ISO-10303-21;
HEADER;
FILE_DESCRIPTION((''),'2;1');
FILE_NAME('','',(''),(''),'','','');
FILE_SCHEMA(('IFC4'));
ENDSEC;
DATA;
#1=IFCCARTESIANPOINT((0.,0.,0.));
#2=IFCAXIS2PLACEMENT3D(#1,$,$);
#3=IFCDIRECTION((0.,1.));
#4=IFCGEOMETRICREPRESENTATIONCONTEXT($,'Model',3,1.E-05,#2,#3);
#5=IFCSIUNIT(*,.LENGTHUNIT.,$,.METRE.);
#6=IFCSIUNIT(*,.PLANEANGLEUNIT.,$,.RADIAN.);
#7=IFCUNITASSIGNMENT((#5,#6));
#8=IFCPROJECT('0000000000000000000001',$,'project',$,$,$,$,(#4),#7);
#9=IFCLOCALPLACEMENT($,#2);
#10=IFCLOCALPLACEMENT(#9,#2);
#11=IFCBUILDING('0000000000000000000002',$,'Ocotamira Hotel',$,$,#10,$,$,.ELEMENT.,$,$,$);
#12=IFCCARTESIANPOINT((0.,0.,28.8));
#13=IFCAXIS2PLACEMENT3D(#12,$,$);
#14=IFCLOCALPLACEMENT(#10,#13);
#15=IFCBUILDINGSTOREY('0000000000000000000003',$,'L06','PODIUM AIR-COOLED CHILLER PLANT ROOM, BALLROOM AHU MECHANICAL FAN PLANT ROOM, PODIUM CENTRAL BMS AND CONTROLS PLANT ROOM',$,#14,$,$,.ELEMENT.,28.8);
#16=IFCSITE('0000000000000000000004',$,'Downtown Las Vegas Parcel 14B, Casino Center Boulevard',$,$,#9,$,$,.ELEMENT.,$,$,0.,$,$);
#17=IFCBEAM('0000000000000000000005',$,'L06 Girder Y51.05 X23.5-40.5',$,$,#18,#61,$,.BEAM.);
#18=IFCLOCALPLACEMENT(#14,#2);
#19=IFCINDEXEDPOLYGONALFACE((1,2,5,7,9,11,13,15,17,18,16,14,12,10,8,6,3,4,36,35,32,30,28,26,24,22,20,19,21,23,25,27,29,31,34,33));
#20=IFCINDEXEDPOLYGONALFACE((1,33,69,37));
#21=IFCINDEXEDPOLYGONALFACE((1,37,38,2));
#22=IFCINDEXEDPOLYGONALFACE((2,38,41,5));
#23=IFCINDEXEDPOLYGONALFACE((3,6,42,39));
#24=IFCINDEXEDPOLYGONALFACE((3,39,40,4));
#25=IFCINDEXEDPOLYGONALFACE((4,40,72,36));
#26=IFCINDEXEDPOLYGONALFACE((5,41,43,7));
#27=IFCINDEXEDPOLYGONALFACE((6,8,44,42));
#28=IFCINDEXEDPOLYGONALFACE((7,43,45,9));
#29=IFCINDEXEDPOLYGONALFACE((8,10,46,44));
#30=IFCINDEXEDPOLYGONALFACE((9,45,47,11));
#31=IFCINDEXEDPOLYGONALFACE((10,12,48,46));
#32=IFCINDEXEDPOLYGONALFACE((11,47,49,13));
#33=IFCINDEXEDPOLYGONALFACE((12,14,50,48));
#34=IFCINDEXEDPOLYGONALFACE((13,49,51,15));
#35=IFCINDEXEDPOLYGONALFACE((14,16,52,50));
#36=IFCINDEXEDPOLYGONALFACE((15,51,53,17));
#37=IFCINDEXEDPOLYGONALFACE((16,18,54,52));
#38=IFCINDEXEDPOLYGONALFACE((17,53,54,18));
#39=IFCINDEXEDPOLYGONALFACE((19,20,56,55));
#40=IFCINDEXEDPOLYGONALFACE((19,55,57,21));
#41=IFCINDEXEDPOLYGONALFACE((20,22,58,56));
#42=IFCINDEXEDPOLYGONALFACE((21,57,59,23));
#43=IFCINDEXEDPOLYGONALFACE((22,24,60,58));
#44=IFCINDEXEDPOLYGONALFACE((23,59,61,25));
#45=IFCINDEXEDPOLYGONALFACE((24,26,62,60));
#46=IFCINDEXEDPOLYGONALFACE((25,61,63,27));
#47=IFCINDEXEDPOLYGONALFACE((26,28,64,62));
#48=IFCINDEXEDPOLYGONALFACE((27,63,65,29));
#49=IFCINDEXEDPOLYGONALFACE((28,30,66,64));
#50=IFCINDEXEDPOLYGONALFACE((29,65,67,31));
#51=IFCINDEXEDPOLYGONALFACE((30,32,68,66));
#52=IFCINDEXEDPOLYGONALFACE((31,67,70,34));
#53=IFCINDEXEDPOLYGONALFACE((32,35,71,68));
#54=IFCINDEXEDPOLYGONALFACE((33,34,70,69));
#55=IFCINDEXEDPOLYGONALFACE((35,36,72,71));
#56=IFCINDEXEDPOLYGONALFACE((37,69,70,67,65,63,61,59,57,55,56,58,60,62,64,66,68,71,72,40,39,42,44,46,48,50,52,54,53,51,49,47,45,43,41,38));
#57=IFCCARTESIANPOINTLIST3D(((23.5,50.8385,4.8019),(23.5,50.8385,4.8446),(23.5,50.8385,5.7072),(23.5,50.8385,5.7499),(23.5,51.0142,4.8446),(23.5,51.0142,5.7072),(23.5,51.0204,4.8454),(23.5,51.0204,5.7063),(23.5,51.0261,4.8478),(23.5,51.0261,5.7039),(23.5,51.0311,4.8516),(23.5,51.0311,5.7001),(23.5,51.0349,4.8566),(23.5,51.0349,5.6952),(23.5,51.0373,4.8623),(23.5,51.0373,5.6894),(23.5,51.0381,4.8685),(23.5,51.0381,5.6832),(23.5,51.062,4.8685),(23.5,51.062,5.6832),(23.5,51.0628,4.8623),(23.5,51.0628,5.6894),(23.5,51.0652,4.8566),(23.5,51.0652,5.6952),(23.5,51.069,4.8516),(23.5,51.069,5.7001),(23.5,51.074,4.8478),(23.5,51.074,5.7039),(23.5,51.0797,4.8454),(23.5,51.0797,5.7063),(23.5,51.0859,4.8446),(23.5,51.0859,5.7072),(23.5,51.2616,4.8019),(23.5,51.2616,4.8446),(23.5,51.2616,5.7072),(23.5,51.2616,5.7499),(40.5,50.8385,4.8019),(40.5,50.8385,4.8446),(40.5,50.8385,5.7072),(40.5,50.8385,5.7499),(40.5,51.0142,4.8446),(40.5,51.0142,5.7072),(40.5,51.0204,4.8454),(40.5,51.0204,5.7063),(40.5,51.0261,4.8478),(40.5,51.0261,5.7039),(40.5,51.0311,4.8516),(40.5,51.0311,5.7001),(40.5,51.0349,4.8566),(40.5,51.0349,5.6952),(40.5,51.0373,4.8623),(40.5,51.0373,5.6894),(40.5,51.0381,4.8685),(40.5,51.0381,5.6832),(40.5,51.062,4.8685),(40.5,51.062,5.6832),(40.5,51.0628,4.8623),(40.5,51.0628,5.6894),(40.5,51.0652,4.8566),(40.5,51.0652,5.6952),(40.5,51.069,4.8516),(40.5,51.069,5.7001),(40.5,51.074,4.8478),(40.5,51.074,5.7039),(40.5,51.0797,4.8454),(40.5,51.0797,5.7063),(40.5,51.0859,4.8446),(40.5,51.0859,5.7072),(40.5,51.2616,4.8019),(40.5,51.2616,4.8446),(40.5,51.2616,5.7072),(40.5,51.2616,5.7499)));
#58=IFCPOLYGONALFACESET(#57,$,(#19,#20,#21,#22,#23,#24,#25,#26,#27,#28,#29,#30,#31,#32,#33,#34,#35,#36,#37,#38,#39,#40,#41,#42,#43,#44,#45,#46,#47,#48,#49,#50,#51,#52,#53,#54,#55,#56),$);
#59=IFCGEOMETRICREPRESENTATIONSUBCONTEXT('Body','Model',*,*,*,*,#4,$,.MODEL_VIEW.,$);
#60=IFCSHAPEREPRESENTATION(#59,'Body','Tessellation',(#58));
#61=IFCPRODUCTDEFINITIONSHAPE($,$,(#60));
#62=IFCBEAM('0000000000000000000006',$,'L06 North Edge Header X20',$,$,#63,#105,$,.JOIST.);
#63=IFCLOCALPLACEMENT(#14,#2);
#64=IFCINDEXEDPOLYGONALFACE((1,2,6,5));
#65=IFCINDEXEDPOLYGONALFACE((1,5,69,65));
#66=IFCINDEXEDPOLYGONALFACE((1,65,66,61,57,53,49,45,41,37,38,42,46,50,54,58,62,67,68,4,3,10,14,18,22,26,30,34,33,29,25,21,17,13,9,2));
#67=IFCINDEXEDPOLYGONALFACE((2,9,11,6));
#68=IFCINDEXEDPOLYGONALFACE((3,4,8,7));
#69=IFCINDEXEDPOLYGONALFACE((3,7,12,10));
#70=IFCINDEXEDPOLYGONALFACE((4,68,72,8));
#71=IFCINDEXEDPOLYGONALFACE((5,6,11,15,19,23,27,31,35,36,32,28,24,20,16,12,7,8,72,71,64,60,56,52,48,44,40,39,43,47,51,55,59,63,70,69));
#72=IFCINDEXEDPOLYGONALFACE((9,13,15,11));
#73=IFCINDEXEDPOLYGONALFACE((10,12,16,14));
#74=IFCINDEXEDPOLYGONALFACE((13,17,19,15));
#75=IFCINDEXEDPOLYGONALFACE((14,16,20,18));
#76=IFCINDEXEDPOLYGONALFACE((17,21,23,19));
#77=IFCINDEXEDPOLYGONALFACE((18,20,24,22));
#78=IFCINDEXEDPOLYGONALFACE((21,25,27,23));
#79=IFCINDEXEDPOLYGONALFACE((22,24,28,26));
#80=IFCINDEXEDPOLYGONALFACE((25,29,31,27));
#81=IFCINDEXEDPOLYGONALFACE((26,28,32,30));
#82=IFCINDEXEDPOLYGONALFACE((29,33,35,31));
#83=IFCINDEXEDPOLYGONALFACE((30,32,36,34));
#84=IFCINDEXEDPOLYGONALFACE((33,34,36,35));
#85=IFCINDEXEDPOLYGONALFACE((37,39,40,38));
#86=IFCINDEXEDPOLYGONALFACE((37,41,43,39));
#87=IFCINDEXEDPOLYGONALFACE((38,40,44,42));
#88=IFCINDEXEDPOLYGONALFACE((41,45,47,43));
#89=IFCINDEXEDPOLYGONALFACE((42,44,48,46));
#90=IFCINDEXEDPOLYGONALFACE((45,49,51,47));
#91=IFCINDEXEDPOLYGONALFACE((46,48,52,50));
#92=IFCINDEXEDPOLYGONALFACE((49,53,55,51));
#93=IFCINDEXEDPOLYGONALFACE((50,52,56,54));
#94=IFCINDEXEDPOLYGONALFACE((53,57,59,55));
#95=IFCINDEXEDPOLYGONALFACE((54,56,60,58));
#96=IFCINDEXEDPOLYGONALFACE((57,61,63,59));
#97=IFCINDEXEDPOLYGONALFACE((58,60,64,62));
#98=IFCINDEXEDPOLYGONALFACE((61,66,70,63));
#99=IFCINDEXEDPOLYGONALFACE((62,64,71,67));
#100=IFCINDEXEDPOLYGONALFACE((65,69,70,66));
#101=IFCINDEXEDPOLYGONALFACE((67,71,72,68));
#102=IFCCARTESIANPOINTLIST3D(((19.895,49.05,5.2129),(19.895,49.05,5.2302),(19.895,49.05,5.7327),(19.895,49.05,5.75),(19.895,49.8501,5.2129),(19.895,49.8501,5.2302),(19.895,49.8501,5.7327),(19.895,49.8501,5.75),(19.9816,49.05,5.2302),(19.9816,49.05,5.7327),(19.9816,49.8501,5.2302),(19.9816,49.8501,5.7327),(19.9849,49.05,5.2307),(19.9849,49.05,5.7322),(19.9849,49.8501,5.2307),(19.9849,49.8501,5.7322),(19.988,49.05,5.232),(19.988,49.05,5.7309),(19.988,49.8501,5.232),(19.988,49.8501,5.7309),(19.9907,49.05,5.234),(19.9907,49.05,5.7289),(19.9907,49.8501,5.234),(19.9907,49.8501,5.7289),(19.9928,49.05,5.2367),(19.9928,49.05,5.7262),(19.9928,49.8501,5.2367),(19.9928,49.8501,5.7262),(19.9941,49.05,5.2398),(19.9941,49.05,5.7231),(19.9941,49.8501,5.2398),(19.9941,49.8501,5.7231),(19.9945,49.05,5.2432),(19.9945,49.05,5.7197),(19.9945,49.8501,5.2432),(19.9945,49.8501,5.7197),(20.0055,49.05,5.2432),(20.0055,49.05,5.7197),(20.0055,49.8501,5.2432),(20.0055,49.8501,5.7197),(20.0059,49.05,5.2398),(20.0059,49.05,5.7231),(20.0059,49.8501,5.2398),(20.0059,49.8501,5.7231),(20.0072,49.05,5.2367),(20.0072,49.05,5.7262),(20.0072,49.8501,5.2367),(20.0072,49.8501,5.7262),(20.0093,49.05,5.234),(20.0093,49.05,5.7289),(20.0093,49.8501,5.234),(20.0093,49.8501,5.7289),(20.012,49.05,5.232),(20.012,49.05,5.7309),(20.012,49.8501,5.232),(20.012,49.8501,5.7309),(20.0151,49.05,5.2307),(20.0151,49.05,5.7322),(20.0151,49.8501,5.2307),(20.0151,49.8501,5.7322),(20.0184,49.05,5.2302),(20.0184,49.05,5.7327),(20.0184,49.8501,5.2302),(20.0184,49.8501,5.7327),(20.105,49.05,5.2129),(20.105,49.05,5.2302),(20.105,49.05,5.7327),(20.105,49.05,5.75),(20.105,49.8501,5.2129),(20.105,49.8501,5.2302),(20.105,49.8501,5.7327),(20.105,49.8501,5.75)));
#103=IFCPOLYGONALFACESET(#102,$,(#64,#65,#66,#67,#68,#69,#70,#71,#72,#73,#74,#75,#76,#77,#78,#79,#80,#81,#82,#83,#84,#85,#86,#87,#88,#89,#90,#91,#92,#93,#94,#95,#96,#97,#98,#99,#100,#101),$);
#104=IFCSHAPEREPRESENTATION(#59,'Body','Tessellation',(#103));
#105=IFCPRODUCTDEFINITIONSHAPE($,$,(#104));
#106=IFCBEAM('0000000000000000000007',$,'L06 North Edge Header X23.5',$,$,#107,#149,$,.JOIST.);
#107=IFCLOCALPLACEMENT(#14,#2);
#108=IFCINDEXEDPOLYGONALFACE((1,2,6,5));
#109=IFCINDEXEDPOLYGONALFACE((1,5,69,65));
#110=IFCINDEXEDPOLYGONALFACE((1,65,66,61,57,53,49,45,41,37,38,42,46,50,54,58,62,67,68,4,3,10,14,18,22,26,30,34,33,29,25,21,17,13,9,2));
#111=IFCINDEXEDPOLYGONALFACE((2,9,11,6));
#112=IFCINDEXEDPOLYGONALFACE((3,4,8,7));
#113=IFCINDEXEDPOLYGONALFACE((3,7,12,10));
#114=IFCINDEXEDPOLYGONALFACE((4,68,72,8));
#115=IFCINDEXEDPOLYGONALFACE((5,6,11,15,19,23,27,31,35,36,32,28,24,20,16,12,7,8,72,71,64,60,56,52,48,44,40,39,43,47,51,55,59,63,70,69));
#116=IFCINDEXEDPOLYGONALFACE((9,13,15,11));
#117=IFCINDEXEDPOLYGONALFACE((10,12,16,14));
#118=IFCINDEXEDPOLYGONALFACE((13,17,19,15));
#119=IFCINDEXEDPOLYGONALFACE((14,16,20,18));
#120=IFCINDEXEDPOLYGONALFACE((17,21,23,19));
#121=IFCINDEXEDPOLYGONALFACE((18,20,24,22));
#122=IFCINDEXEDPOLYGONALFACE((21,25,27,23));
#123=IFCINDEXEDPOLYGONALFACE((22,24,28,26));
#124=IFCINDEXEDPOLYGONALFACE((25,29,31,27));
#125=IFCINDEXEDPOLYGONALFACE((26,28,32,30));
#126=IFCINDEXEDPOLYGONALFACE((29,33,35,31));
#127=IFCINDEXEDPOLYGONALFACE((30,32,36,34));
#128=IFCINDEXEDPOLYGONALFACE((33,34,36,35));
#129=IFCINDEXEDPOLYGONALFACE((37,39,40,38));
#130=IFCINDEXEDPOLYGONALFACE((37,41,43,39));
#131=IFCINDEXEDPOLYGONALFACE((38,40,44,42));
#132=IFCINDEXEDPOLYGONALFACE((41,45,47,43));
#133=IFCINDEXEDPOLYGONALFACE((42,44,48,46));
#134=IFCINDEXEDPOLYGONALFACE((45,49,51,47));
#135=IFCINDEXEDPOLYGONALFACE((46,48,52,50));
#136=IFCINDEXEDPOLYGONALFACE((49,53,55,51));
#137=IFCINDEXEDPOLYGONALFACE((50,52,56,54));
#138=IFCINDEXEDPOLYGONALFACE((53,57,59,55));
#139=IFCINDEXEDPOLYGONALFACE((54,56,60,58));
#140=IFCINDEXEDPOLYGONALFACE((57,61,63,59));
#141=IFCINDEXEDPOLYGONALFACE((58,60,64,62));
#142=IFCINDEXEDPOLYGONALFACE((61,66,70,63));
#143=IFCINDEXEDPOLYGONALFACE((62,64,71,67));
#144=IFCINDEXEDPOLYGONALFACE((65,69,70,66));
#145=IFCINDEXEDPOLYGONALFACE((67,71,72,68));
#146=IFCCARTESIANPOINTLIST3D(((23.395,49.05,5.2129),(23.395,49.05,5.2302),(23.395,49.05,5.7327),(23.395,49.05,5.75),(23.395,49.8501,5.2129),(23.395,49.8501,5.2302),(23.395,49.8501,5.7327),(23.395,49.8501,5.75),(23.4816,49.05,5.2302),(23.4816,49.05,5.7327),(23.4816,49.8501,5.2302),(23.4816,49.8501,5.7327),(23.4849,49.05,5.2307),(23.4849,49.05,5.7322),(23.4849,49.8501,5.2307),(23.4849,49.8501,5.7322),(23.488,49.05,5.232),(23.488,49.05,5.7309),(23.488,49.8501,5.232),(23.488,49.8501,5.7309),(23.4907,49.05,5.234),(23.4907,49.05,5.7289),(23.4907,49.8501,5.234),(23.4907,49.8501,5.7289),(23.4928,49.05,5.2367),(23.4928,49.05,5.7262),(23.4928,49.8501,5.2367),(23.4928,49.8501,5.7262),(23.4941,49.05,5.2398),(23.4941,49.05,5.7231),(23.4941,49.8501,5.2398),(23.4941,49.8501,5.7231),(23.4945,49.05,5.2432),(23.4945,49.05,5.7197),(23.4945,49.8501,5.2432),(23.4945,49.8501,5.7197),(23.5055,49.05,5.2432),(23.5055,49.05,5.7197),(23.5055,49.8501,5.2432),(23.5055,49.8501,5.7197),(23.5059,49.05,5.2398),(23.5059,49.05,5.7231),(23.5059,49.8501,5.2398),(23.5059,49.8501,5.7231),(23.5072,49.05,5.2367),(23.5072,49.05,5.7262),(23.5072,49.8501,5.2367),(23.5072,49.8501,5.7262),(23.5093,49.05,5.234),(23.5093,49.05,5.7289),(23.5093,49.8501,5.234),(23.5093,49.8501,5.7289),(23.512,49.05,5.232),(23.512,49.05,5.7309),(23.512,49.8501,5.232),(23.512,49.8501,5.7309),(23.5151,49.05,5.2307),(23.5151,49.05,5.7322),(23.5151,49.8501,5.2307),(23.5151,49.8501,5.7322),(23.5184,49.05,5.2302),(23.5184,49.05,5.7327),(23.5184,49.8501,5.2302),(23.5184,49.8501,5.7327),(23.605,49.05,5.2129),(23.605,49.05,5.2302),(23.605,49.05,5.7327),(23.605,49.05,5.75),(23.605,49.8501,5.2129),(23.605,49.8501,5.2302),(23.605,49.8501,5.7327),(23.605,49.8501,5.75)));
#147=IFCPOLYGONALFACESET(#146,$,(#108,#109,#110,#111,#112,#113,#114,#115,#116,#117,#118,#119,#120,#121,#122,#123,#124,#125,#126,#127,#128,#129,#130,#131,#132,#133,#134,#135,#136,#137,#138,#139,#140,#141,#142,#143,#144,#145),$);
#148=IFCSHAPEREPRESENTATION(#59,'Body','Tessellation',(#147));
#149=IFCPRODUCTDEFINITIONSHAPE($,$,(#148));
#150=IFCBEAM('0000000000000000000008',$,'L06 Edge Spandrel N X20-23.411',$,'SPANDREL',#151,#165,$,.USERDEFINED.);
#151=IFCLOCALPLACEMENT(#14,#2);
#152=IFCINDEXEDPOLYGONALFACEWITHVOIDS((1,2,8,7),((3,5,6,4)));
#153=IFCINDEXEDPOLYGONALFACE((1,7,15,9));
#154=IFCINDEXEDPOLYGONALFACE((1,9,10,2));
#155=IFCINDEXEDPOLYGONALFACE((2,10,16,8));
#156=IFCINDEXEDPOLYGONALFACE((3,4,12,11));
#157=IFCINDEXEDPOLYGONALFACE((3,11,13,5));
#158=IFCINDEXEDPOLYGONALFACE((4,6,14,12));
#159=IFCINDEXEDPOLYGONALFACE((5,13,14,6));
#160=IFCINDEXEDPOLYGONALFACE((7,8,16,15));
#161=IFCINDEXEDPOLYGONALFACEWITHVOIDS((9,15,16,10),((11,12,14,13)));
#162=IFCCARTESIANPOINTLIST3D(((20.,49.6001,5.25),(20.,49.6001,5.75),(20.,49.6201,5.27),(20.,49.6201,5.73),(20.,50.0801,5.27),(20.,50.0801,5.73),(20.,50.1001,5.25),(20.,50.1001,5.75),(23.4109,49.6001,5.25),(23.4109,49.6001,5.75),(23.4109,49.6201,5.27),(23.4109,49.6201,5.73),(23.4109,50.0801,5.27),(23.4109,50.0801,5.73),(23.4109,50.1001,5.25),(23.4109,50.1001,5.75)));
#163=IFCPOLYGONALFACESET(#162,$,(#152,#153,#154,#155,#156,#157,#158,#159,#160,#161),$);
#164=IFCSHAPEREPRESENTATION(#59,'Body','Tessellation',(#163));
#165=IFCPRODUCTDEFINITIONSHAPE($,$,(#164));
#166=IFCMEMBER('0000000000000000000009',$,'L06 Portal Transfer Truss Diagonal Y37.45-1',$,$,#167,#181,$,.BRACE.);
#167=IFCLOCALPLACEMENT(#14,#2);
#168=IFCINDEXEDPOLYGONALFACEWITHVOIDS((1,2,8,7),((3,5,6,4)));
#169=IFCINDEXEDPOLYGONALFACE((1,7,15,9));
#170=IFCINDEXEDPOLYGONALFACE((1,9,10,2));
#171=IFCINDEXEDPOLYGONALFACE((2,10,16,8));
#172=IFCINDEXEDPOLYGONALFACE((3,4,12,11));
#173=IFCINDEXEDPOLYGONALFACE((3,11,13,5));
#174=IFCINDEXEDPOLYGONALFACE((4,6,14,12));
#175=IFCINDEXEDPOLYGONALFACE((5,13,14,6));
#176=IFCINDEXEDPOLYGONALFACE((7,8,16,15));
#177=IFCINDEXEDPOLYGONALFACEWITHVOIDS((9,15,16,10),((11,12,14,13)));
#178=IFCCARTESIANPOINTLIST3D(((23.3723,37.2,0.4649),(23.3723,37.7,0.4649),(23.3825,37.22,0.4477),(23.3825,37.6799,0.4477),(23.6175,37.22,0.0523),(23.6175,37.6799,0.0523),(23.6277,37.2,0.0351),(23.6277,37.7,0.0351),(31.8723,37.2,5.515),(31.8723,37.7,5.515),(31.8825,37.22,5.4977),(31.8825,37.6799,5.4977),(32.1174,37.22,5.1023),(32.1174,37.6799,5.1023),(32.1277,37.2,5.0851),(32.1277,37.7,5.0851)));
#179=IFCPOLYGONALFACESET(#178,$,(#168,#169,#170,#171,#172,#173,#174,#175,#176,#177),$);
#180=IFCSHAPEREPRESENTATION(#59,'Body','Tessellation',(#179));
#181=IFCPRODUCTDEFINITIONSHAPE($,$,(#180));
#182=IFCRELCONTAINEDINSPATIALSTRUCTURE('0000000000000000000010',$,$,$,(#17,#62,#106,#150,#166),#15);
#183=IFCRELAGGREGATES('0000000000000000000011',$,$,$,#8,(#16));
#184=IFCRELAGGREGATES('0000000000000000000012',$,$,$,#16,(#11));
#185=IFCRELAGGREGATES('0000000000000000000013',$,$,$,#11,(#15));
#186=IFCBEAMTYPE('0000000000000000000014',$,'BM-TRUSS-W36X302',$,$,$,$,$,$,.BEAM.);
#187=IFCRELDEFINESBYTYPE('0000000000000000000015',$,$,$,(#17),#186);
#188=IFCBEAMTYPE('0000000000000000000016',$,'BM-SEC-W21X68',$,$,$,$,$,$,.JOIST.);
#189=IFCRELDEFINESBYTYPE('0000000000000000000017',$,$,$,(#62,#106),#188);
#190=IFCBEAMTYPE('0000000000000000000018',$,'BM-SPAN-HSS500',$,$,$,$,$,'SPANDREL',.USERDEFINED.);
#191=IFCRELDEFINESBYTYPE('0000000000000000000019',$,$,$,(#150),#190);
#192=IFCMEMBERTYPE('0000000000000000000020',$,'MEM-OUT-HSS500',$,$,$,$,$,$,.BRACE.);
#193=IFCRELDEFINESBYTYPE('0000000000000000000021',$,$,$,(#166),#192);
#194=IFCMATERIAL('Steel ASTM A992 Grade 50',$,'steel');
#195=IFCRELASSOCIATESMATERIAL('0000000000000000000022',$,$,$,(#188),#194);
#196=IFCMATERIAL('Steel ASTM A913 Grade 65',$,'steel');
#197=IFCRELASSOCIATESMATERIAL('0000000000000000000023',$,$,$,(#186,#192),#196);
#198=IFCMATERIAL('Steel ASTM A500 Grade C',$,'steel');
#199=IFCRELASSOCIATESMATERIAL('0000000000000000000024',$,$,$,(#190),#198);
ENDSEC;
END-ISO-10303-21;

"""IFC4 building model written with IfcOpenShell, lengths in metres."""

from ifc_helpers import new_model, si_unit, direction, frame, origin, origin_2d, place, context, subcontext, project, spatial, hollow_rectangle, i_section, extrude, source, transform, mapped, material, material_profile, profile_set, type_object, element, save


model = new_model("IFC4")

# Units and contexts
model_context = context("Model", 3, precision=1e-05, world=origin(), true_north=direction((0.0, 1.0)))
body_context = subcontext(model_context, "Body", "Model", "MODEL_VIEW")
ifc_project = project(units=[si_unit("LENGTHUNIT", "METRE"), si_unit("PLANEANGLEUNIT", "RADIAN")], contexts=[model_context])

# Site, building, storey
site_placement = place(None, origin())
site = spatial("IfcSite", under=ifc_project, at=site_placement, Name="Downtown Las Vegas Parcel 14B, Casino Center Boulevard", CompositionType="ELEMENT", RefElevation=0.0)
building_placement = place(site_placement, origin())
building = spatial("IfcBuilding", under=site, at=building_placement, Name="Ocotamira Hotel", CompositionType="ELEMENT")
storey_placement = place(building_placement, frame((0.0, 0.0, 28.8)))
storey = spatial("IfcBuildingStorey", under=building, at=storey_placement, Name="L06", Description="PODIUM AIR-COOLED CHILLER PLANT ROOM, BALLROOM AHU MECHANICAL FAN PLANT ROOM, PODIUM CENTRAL BMS AND CONTROLS PLANT ROOM", CompositionType="ELEMENT", Elevation=28.8)

# Beams
ifc_material_1 = material(Name="Steel ASTM A992 Grade 50", Category="steel")
ifc_material_profile_1 = material_profile(ifc_material_1, i_section(OverallWidth=0.21, OverallDepth=0.5371, WebThickness=0.011, FlangeThickness=0.0173, FilletRadius=0.0129, at=origin_2d()), Name="W21X68")
ifc_profile_set_1 = profile_set([ifc_material_profile_1], Name="Steel ASTM A992 Grade 50")
beam_type_1 = type_object("IfcBeamType", Name="BM-SEC-W21X68", PredefinedType="JOIST", material=ifc_profile_set_1)
ifc_material_2 = material(Name="Steel ASTM A913 Grade 65", Category="steel")
ifc_material_profile_2 = material_profile(ifc_material_2, i_section(OverallWidth=0.4231, OverallDepth=0.948, WebThickness=0.0239, FlangeThickness=0.0427, FilletRadius=0.0239, at=origin_2d()), Name="W36X302")
ifc_profile_set_2 = profile_set([ifc_material_profile_2], Name="Steel ASTM A913 Grade 65")
beam_type_2 = type_object("IfcBeamType", Name="BM-TRUSS-W36X302", PredefinedType="BEAM", material=ifc_profile_set_2)
shared_shape_1 = source(origin(), body_context, "Body", "SweptSolid", [
    extrude(i_section(OverallWidth=0.4231, OverallDepth=0.948, WebThickness=0.0239, FlangeThickness=0.0427, FilletRadius=0.0239, at=origin_2d()), origin(), (0.0, 0.0, 1.0), 17.0),
])
for number, where, z_axis, x_axis, name in (
    (1, (23.5, 51.05, 5.2759), (1.0, 0.0, 0.0), (0.0, 1.0, 0.0), "L06 Girder Y51.05 X23.5-40.5"),
):
    element("IfcBeam", number, at=place(storey_placement, frame(where, z_axis=z_axis, x_axis=x_axis)), inside=storey, type_object=beam_type_2, Name=name, PredefinedType="BEAM", context=body_context, shape_type="MappedRepresentation", body=[
        mapped(shared_shape_1, transform((0.0, 0.0, 0.0), scale=1.0)),
    ])
shared_shape_2 = source(origin(), body_context, "Body", "SweptSolid", [
    extrude(i_section(OverallWidth=0.21, OverallDepth=0.5371, WebThickness=0.011, FlangeThickness=0.0173, FilletRadius=0.0129, at=origin_2d()), origin(), (0.0, 0.0, 1.0), 0.8),
])
for number, where, z_axis, x_axis, name in (
    (2, (20.0, 49.05, 5.4814), (0.0, 1.0, 0.0), (-1.0, 0.0, 0.0), "L06 North Edge Header X20"),
    (3, (23.5, 49.05, 5.4814), (0.0, 1.0, 0.0), (-1.0, 0.0, 0.0), "L06 North Edge Header X23.5"),
):
    element("IfcBeam", number, at=place(storey_placement, frame(where, z_axis=z_axis, x_axis=x_axis)), inside=storey, type_object=beam_type_1, Name=name, PredefinedType="JOIST", context=body_context, shape_type="MappedRepresentation", body=[
        mapped(shared_shape_2, transform((0.0, 0.0, 0.0), scale=1.0)),
    ])
ifc_material_3 = material(Name="Steel ASTM A500 Grade C", Category="steel")
ifc_material_profile_3 = material_profile(ifc_material_3, hollow_rectangle(XDim=0.5, YDim=0.5, WallThickness=0.02, at=origin_2d()), Name="HSS500X500X20")
ifc_profile_set_3 = profile_set([ifc_material_profile_3], Name="Steel ASTM A500 Grade C")
beam_type_3 = type_object("IfcBeamType", Name="BM-SPAN-HSS500", ElementType="SPANDREL", PredefinedType="USERDEFINED", material=ifc_profile_set_3)
shared_shape_3 = source(origin(), body_context, "Body", "SweptSolid", [
    extrude(hollow_rectangle(XDim=0.5, YDim=0.5, WallThickness=0.02, at=origin_2d()), origin(), (0.0, 0.0, 1.0), 3.4109),
])
beam_1_placement = place(storey_placement, frame((20.0, 49.8501, 5.5), z_axis=(1.0, 0.0, 0.0), x_axis=(0.0, 1.0, 0.0)))
element("IfcBeam", 4, at=beam_1_placement, inside=storey, type_object=beam_type_3, Name="L06 Edge Spandrel N X20-23.411", ObjectType="SPANDREL", PredefinedType="USERDEFINED", context=body_context, shape_type="MappedRepresentation", body=[
    mapped(shared_shape_3, transform((0.0, 0.0, 0.0), scale=1.0)),
])

# Member
ifc_material_profile_4 = material_profile(ifc_material_2, hollow_rectangle(XDim=0.5, YDim=0.5, WallThickness=0.02, at=origin_2d()), Name="HSS500X500X20")
ifc_profile_set_4 = profile_set([ifc_material_profile_4], Name="Steel ASTM A913 Grade 65")
member_type_1 = type_object("IfcMemberType", Name="MEM-OUT-HSS500", PredefinedType="BRACE", material=ifc_profile_set_4)
shared_shape_4 = source(origin(), body_context, "Body", "SweptSolid", [
    extrude(hollow_rectangle(XDim=0.5, YDim=0.5, WallThickness=0.02, at=origin_2d()), origin(), (0.0, 0.0, 1.0), 9.887),
])
member_1_placement = place(storey_placement, frame((23.5, 37.45, 0.25), z_axis=(0.859714, 0.0, 0.510776), x_axis=(0.0, 1.0, 0.0)))
element("IfcMember", 5, at=member_1_placement, inside=storey, type_object=member_type_1, Name="L06 Portal Transfer Truss Diagonal Y37.45-1", PredefinedType="BRACE", context=body_context, shape_type="MappedRepresentation", body=[
    mapped(shared_shape_4, transform((0.0, 0.0, 0.0), scale=1.0)),
])

save(model, "model.ifc")
